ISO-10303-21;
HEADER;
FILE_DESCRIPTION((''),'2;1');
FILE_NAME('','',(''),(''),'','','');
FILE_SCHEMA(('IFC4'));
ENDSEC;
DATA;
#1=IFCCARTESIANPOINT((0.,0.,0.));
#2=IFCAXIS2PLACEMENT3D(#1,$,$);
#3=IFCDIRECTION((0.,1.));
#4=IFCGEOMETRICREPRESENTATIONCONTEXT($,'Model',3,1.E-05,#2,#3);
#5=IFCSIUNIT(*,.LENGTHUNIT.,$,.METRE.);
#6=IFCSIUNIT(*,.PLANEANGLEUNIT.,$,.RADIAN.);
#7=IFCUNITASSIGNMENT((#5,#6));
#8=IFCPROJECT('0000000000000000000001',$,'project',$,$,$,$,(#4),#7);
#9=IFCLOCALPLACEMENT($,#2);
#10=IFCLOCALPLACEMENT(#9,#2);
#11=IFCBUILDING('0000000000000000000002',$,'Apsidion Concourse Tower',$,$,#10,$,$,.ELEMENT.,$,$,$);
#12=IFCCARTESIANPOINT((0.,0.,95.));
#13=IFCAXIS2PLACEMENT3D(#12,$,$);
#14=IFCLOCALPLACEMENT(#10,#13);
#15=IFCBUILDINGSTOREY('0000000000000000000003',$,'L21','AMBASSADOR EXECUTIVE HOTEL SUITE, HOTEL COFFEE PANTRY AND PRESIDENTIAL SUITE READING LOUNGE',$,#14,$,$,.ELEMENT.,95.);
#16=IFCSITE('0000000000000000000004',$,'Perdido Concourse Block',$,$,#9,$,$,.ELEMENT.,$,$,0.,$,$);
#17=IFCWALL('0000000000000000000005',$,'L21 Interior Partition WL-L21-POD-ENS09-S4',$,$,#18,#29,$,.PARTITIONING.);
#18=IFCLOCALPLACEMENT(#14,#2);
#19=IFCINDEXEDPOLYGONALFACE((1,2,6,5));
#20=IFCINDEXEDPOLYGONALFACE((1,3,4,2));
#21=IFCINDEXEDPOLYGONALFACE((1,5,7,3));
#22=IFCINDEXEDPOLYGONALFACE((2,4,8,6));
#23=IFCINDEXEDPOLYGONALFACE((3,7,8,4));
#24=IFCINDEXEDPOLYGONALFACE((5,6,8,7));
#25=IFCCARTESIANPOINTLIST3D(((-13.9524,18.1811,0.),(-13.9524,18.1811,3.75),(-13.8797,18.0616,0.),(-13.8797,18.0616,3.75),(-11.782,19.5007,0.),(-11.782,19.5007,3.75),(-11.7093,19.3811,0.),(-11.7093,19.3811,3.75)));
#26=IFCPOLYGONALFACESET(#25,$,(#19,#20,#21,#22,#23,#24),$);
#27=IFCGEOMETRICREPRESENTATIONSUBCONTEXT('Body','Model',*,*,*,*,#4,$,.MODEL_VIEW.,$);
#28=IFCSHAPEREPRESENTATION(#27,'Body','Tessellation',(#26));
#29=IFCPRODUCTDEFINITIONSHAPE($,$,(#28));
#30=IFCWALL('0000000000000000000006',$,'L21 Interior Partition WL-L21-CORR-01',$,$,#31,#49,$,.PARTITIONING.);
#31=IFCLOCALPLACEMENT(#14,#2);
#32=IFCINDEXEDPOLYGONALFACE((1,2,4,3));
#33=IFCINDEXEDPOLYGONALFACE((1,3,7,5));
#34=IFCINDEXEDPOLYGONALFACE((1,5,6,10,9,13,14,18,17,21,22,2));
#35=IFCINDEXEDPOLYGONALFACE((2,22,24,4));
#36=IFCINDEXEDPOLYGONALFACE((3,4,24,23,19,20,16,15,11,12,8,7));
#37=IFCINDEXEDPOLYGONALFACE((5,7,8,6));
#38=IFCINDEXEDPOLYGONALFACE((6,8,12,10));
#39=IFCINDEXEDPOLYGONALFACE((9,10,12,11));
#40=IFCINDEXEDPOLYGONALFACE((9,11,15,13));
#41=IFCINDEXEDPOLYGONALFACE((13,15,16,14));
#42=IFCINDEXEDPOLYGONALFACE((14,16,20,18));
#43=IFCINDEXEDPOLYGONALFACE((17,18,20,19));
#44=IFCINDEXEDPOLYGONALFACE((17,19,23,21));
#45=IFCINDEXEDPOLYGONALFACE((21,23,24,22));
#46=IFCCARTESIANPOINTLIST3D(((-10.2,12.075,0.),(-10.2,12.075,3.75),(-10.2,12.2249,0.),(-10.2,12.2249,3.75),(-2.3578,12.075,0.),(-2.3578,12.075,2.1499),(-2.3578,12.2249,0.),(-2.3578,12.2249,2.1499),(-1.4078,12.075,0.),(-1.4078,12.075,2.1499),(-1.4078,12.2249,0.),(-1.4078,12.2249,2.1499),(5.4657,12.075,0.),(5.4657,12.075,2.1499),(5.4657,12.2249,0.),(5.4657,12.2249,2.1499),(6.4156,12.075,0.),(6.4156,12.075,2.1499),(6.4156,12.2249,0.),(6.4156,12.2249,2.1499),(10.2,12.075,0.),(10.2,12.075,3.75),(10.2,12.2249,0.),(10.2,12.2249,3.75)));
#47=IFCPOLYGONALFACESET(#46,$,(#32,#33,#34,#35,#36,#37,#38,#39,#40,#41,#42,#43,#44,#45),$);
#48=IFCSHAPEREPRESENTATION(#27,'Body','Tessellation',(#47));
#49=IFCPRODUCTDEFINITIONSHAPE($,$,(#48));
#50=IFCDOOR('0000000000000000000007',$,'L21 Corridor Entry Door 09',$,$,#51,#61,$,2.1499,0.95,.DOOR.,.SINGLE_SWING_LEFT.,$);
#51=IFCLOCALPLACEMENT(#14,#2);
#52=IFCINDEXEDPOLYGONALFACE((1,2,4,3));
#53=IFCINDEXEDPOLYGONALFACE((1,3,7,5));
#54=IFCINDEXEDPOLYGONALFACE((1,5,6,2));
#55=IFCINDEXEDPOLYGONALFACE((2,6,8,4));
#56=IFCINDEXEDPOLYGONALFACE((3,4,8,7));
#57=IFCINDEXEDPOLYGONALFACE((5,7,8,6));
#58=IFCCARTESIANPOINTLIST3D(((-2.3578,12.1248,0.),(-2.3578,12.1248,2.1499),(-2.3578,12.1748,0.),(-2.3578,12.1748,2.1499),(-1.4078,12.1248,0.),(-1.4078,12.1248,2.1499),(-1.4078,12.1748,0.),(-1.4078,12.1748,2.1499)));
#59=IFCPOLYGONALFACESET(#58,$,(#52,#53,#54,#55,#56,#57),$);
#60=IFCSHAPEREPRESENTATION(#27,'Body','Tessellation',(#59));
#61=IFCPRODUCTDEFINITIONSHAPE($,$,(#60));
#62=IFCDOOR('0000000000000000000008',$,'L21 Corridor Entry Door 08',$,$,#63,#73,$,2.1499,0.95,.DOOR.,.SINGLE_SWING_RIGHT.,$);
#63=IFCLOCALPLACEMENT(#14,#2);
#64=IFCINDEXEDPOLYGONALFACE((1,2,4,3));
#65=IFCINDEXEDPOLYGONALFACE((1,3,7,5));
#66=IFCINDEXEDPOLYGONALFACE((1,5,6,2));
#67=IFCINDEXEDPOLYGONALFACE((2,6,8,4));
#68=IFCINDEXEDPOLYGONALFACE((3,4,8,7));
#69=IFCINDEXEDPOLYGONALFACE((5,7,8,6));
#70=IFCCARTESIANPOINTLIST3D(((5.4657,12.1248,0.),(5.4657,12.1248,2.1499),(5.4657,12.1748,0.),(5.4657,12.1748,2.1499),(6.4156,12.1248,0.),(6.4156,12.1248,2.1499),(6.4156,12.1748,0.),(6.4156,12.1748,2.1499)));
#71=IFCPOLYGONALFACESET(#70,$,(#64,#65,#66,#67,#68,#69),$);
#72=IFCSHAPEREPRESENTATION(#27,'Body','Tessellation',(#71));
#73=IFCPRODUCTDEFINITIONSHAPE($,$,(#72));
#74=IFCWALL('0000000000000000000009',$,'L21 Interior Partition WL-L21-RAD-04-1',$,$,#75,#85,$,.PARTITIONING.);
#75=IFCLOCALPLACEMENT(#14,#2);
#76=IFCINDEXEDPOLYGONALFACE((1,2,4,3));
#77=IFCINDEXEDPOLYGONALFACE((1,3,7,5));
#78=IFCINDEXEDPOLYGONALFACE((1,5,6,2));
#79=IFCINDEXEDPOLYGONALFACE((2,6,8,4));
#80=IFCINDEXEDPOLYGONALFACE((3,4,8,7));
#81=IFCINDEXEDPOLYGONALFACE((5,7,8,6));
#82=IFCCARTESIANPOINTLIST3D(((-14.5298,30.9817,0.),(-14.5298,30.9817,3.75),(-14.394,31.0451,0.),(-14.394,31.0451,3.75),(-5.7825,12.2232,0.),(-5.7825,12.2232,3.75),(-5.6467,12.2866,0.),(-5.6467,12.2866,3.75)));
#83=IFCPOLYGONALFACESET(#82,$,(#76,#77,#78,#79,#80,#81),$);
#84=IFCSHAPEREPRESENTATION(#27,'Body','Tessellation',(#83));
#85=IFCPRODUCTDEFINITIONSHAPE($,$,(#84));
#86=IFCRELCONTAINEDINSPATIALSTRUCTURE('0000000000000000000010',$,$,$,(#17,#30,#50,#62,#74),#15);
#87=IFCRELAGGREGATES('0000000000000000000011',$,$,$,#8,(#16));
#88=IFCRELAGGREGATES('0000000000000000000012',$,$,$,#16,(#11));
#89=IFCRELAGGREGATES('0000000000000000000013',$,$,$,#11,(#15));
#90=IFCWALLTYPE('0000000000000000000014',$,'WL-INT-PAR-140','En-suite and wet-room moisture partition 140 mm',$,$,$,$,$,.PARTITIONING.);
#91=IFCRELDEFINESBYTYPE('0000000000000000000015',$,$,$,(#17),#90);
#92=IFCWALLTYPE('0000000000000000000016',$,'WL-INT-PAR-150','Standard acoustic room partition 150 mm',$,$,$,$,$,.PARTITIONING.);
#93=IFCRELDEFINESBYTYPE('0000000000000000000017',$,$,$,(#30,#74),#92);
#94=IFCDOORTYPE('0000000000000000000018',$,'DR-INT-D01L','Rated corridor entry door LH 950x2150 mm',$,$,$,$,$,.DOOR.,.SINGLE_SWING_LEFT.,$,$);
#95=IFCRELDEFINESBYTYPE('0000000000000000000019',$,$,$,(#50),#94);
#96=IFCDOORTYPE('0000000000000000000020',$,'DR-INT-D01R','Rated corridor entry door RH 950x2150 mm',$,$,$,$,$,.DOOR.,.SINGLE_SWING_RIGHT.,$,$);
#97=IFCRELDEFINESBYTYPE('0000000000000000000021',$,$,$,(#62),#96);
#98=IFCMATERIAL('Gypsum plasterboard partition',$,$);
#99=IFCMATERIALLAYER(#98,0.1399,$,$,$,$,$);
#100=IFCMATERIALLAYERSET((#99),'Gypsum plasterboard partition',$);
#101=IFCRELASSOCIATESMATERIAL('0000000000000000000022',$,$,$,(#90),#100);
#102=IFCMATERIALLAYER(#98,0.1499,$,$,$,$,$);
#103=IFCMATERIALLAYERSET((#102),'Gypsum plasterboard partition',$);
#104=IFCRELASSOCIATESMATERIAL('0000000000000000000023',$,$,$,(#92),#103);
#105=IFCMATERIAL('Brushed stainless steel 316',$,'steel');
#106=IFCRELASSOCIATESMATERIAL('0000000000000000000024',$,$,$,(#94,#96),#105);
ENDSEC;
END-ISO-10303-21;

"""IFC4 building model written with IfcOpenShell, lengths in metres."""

from ifc_helpers import new_model, si_unit, direction, frame, frame_2d, origin, place, context, subcontext, project, spatial, rectangle, extrude, material, layer, layer_set, type_object, element, fill, save


model = new_model("IFC4")

# Units and contexts
model_context = context("Model", 3, precision=1e-05, world=origin(), true_north=direction((0.0, 1.0)))
body_context = subcontext(model_context, "Body", "Model", "MODEL_VIEW")
ifc_project = project(units=[si_unit("LENGTHUNIT", "METRE"), si_unit("PLANEANGLEUNIT", "RADIAN")], contexts=[model_context])

# Site, building, storey
site_placement = place(None, origin())
site = spatial("IfcSite", under=ifc_project, at=site_placement, Name="Perdido Concourse Block", CompositionType="ELEMENT", RefElevation=0.0)
building_placement = place(site_placement, origin())
building = spatial("IfcBuilding", under=site, at=building_placement, Name="Apsidion Concourse Tower", CompositionType="ELEMENT")
storey_placement = place(building_placement, frame((0.0, 0.0, 95.0)))
storey = spatial("IfcBuildingStorey", under=building, at=storey_placement, Name="L21", Description="AMBASSADOR EXECUTIVE HOTEL SUITE, HOTEL COFFEE PANTRY AND PRESIDENTIAL SUITE READING LOUNGE", CompositionType="ELEMENT", Elevation=95.0)

# Shared definitions
ifc_material_1 = material(Name="Gypsum plasterboard partition")
ifc_layer_1 = layer(ifc_material_1, 0.1399)
ifc_layer_set_1 = layer_set([ifc_layer_1], Name="Gypsum plasterboard partition")
wall_type_1 = type_object("IfcWallType", Name="WL-INT-PAR-140", Description="En-suite and wet-room moisture partition 140 mm", PredefinedType="PARTITIONING", material=ifc_layer_set_1)

# Wall
wall_1_placement = place(storey_placement, frame((-13.916, 18.1213, 0.0), z_axis=(0.0, 0.0, 1.0), x_axis=(0.854468, 0.519505, 0.0)))
element("IfcWall", 1, at=wall_1_placement, inside=storey, type_object=wall_type_1, Name="L21 Interior Partition WL-L21-POD-ENS09-S4", PredefinedType="PARTITIONING", context=body_context, shape_type="SweptSolid", body=[
    extrude(rectangle(XDim=2.54, YDim=0.1399, at=frame_2d((1.27, 0.0))), origin(), (0.0, 0.0, 1.0), 3.75),
])

# Wall, openings, doors
ifc_layer_2 = layer(ifc_material_1, 0.1499)
ifc_layer_set_2 = layer_set([ifc_layer_2], Name="Gypsum plasterboard partition")
wall_type_2 = type_object("IfcWallType", Name="WL-INT-PAR-150", Description="Standard acoustic room partition 150 mm", PredefinedType="PARTITIONING", material=ifc_layer_set_2)
wall_2_placement = place(storey_placement, frame((-10.2, 12.1499, 0.0), z_axis=(0.0, 0.0, 1.0), x_axis=(1.0, 0.0, 0.0)))
wall_2 = element("IfcWall", 2, at=wall_2_placement, inside=storey, type_object=wall_type_2, Name="L21 Interior Partition WL-L21-CORR-01", PredefinedType="PARTITIONING", context=body_context, shape_type="SweptSolid", body=[
    extrude(rectangle(XDim=20.3999, YDim=0.1499, at=frame_2d((10.2, 0.0))), origin(), (0.0, 0.0, 1.0), 3.75),
])
opening_1_placement = place(wall_2_placement, frame((15.6655, 0.0, 0.0)))
opening_1 = element("IfcOpeningElement", 3, at=opening_1_placement, cuts=wall_2, PredefinedType="OPENING", context=body_context, shape_type="SweptSolid", body=[
    extrude(rectangle(XDim=0.95, YDim=2.1499, at=frame_2d((0.4751, 1.075))), frame((0.0, 0.085, 0.0), z_axis=(0.0, -1.0, 0.0), x_axis=(1.0, 0.0, 0.0)), (0.0, 0.0, 1.0), 0.1699),
])
opening_2_placement = place(wall_2_placement, frame((7.842, 0.0, 0.0)))
opening_2 = element("IfcOpeningElement", 4, at=opening_2_placement, cuts=wall_2, PredefinedType="OPENING", context=body_context, shape_type="SweptSolid", body=[
    extrude(rectangle(XDim=0.95, YDim=2.1499, at=frame_2d((0.4751, 1.075))), frame((0.0, 0.085, 0.0), z_axis=(0.0, -1.0, 0.0), x_axis=(1.0, 0.0, 0.0)), (0.0, 0.0, 1.0), 0.1699),
])
ifc_material_2 = material(Name="Brushed stainless steel 316", Category="steel")
door_type_1 = type_object("IfcDoorType", Name="DR-INT-D01L", Description="Rated corridor entry door LH 950x2150 mm", OperationType="SINGLE_SWING_LEFT", PredefinedType="DOOR", material=ifc_material_2)
door_1_placement = place(opening_2_placement, origin())
door_1 = element("IfcDoor", 5, at=door_1_placement, inside=storey, type_object=door_type_1, Name="L21 Corridor Entry Door 09", OperationType="SINGLE_SWING_LEFT", OverallHeight=2.1499, OverallWidth=0.95, PredefinedType="DOOR", context=body_context, shape_type="SweptSolid", body=[
    extrude(rectangle(XDim=0.95, YDim=2.1499, at=frame_2d((0.4751, 1.075))), frame((0.0, 0.0249, 0.0), z_axis=(0.0, -1.0, 0.0), x_axis=(1.0, 0.0, 0.0)), (0.0, 0.0, 1.0), 0.05),
])
fill(opening_2, door_1)
door_type_2 = type_object("IfcDoorType", Name="DR-INT-D01R", Description="Rated corridor entry door RH 950x2150 mm", OperationType="SINGLE_SWING_RIGHT", PredefinedType="DOOR", material=ifc_material_2)
door_2_placement = place(opening_1_placement, origin())
door_2 = element("IfcDoor", 6, at=door_2_placement, inside=storey, type_object=door_type_2, Name="L21 Corridor Entry Door 08", OperationType="SINGLE_SWING_RIGHT", OverallHeight=2.1499, OverallWidth=0.95, PredefinedType="DOOR", context=body_context, shape_type="SweptSolid", body=[
    extrude(rectangle(XDim=0.95, YDim=2.1499, at=frame_2d((0.4751, 1.075))), frame((0.0, 0.0249, 0.0), z_axis=(0.0, -1.0, 0.0), x_axis=(1.0, 0.0, 0.0)), (0.0, 0.0, 1.0), 0.05),
])
fill(opening_1, door_2)

# Wall
wall_3_placement = place(storey_placement, frame((-5.7146, 12.2549, 0.0), z_axis=(0.0, 0.0, 1.0), x_axis=(-0.422621, 0.906307, 0.0)))
element("IfcWall", 7, at=wall_3_placement, inside=storey, type_object=wall_type_2, Name="L21 Interior Partition WL-L21-RAD-04-1", PredefinedType="PARTITIONING", context=body_context, shape_type="SweptSolid", body=[
    extrude(rectangle(XDim=20.6978, YDim=0.1499, at=frame_2d((10.3489, 0.0))), origin(), (0.0, 0.0, 1.0), 3.75),
])

save(model, "model.ifc")
